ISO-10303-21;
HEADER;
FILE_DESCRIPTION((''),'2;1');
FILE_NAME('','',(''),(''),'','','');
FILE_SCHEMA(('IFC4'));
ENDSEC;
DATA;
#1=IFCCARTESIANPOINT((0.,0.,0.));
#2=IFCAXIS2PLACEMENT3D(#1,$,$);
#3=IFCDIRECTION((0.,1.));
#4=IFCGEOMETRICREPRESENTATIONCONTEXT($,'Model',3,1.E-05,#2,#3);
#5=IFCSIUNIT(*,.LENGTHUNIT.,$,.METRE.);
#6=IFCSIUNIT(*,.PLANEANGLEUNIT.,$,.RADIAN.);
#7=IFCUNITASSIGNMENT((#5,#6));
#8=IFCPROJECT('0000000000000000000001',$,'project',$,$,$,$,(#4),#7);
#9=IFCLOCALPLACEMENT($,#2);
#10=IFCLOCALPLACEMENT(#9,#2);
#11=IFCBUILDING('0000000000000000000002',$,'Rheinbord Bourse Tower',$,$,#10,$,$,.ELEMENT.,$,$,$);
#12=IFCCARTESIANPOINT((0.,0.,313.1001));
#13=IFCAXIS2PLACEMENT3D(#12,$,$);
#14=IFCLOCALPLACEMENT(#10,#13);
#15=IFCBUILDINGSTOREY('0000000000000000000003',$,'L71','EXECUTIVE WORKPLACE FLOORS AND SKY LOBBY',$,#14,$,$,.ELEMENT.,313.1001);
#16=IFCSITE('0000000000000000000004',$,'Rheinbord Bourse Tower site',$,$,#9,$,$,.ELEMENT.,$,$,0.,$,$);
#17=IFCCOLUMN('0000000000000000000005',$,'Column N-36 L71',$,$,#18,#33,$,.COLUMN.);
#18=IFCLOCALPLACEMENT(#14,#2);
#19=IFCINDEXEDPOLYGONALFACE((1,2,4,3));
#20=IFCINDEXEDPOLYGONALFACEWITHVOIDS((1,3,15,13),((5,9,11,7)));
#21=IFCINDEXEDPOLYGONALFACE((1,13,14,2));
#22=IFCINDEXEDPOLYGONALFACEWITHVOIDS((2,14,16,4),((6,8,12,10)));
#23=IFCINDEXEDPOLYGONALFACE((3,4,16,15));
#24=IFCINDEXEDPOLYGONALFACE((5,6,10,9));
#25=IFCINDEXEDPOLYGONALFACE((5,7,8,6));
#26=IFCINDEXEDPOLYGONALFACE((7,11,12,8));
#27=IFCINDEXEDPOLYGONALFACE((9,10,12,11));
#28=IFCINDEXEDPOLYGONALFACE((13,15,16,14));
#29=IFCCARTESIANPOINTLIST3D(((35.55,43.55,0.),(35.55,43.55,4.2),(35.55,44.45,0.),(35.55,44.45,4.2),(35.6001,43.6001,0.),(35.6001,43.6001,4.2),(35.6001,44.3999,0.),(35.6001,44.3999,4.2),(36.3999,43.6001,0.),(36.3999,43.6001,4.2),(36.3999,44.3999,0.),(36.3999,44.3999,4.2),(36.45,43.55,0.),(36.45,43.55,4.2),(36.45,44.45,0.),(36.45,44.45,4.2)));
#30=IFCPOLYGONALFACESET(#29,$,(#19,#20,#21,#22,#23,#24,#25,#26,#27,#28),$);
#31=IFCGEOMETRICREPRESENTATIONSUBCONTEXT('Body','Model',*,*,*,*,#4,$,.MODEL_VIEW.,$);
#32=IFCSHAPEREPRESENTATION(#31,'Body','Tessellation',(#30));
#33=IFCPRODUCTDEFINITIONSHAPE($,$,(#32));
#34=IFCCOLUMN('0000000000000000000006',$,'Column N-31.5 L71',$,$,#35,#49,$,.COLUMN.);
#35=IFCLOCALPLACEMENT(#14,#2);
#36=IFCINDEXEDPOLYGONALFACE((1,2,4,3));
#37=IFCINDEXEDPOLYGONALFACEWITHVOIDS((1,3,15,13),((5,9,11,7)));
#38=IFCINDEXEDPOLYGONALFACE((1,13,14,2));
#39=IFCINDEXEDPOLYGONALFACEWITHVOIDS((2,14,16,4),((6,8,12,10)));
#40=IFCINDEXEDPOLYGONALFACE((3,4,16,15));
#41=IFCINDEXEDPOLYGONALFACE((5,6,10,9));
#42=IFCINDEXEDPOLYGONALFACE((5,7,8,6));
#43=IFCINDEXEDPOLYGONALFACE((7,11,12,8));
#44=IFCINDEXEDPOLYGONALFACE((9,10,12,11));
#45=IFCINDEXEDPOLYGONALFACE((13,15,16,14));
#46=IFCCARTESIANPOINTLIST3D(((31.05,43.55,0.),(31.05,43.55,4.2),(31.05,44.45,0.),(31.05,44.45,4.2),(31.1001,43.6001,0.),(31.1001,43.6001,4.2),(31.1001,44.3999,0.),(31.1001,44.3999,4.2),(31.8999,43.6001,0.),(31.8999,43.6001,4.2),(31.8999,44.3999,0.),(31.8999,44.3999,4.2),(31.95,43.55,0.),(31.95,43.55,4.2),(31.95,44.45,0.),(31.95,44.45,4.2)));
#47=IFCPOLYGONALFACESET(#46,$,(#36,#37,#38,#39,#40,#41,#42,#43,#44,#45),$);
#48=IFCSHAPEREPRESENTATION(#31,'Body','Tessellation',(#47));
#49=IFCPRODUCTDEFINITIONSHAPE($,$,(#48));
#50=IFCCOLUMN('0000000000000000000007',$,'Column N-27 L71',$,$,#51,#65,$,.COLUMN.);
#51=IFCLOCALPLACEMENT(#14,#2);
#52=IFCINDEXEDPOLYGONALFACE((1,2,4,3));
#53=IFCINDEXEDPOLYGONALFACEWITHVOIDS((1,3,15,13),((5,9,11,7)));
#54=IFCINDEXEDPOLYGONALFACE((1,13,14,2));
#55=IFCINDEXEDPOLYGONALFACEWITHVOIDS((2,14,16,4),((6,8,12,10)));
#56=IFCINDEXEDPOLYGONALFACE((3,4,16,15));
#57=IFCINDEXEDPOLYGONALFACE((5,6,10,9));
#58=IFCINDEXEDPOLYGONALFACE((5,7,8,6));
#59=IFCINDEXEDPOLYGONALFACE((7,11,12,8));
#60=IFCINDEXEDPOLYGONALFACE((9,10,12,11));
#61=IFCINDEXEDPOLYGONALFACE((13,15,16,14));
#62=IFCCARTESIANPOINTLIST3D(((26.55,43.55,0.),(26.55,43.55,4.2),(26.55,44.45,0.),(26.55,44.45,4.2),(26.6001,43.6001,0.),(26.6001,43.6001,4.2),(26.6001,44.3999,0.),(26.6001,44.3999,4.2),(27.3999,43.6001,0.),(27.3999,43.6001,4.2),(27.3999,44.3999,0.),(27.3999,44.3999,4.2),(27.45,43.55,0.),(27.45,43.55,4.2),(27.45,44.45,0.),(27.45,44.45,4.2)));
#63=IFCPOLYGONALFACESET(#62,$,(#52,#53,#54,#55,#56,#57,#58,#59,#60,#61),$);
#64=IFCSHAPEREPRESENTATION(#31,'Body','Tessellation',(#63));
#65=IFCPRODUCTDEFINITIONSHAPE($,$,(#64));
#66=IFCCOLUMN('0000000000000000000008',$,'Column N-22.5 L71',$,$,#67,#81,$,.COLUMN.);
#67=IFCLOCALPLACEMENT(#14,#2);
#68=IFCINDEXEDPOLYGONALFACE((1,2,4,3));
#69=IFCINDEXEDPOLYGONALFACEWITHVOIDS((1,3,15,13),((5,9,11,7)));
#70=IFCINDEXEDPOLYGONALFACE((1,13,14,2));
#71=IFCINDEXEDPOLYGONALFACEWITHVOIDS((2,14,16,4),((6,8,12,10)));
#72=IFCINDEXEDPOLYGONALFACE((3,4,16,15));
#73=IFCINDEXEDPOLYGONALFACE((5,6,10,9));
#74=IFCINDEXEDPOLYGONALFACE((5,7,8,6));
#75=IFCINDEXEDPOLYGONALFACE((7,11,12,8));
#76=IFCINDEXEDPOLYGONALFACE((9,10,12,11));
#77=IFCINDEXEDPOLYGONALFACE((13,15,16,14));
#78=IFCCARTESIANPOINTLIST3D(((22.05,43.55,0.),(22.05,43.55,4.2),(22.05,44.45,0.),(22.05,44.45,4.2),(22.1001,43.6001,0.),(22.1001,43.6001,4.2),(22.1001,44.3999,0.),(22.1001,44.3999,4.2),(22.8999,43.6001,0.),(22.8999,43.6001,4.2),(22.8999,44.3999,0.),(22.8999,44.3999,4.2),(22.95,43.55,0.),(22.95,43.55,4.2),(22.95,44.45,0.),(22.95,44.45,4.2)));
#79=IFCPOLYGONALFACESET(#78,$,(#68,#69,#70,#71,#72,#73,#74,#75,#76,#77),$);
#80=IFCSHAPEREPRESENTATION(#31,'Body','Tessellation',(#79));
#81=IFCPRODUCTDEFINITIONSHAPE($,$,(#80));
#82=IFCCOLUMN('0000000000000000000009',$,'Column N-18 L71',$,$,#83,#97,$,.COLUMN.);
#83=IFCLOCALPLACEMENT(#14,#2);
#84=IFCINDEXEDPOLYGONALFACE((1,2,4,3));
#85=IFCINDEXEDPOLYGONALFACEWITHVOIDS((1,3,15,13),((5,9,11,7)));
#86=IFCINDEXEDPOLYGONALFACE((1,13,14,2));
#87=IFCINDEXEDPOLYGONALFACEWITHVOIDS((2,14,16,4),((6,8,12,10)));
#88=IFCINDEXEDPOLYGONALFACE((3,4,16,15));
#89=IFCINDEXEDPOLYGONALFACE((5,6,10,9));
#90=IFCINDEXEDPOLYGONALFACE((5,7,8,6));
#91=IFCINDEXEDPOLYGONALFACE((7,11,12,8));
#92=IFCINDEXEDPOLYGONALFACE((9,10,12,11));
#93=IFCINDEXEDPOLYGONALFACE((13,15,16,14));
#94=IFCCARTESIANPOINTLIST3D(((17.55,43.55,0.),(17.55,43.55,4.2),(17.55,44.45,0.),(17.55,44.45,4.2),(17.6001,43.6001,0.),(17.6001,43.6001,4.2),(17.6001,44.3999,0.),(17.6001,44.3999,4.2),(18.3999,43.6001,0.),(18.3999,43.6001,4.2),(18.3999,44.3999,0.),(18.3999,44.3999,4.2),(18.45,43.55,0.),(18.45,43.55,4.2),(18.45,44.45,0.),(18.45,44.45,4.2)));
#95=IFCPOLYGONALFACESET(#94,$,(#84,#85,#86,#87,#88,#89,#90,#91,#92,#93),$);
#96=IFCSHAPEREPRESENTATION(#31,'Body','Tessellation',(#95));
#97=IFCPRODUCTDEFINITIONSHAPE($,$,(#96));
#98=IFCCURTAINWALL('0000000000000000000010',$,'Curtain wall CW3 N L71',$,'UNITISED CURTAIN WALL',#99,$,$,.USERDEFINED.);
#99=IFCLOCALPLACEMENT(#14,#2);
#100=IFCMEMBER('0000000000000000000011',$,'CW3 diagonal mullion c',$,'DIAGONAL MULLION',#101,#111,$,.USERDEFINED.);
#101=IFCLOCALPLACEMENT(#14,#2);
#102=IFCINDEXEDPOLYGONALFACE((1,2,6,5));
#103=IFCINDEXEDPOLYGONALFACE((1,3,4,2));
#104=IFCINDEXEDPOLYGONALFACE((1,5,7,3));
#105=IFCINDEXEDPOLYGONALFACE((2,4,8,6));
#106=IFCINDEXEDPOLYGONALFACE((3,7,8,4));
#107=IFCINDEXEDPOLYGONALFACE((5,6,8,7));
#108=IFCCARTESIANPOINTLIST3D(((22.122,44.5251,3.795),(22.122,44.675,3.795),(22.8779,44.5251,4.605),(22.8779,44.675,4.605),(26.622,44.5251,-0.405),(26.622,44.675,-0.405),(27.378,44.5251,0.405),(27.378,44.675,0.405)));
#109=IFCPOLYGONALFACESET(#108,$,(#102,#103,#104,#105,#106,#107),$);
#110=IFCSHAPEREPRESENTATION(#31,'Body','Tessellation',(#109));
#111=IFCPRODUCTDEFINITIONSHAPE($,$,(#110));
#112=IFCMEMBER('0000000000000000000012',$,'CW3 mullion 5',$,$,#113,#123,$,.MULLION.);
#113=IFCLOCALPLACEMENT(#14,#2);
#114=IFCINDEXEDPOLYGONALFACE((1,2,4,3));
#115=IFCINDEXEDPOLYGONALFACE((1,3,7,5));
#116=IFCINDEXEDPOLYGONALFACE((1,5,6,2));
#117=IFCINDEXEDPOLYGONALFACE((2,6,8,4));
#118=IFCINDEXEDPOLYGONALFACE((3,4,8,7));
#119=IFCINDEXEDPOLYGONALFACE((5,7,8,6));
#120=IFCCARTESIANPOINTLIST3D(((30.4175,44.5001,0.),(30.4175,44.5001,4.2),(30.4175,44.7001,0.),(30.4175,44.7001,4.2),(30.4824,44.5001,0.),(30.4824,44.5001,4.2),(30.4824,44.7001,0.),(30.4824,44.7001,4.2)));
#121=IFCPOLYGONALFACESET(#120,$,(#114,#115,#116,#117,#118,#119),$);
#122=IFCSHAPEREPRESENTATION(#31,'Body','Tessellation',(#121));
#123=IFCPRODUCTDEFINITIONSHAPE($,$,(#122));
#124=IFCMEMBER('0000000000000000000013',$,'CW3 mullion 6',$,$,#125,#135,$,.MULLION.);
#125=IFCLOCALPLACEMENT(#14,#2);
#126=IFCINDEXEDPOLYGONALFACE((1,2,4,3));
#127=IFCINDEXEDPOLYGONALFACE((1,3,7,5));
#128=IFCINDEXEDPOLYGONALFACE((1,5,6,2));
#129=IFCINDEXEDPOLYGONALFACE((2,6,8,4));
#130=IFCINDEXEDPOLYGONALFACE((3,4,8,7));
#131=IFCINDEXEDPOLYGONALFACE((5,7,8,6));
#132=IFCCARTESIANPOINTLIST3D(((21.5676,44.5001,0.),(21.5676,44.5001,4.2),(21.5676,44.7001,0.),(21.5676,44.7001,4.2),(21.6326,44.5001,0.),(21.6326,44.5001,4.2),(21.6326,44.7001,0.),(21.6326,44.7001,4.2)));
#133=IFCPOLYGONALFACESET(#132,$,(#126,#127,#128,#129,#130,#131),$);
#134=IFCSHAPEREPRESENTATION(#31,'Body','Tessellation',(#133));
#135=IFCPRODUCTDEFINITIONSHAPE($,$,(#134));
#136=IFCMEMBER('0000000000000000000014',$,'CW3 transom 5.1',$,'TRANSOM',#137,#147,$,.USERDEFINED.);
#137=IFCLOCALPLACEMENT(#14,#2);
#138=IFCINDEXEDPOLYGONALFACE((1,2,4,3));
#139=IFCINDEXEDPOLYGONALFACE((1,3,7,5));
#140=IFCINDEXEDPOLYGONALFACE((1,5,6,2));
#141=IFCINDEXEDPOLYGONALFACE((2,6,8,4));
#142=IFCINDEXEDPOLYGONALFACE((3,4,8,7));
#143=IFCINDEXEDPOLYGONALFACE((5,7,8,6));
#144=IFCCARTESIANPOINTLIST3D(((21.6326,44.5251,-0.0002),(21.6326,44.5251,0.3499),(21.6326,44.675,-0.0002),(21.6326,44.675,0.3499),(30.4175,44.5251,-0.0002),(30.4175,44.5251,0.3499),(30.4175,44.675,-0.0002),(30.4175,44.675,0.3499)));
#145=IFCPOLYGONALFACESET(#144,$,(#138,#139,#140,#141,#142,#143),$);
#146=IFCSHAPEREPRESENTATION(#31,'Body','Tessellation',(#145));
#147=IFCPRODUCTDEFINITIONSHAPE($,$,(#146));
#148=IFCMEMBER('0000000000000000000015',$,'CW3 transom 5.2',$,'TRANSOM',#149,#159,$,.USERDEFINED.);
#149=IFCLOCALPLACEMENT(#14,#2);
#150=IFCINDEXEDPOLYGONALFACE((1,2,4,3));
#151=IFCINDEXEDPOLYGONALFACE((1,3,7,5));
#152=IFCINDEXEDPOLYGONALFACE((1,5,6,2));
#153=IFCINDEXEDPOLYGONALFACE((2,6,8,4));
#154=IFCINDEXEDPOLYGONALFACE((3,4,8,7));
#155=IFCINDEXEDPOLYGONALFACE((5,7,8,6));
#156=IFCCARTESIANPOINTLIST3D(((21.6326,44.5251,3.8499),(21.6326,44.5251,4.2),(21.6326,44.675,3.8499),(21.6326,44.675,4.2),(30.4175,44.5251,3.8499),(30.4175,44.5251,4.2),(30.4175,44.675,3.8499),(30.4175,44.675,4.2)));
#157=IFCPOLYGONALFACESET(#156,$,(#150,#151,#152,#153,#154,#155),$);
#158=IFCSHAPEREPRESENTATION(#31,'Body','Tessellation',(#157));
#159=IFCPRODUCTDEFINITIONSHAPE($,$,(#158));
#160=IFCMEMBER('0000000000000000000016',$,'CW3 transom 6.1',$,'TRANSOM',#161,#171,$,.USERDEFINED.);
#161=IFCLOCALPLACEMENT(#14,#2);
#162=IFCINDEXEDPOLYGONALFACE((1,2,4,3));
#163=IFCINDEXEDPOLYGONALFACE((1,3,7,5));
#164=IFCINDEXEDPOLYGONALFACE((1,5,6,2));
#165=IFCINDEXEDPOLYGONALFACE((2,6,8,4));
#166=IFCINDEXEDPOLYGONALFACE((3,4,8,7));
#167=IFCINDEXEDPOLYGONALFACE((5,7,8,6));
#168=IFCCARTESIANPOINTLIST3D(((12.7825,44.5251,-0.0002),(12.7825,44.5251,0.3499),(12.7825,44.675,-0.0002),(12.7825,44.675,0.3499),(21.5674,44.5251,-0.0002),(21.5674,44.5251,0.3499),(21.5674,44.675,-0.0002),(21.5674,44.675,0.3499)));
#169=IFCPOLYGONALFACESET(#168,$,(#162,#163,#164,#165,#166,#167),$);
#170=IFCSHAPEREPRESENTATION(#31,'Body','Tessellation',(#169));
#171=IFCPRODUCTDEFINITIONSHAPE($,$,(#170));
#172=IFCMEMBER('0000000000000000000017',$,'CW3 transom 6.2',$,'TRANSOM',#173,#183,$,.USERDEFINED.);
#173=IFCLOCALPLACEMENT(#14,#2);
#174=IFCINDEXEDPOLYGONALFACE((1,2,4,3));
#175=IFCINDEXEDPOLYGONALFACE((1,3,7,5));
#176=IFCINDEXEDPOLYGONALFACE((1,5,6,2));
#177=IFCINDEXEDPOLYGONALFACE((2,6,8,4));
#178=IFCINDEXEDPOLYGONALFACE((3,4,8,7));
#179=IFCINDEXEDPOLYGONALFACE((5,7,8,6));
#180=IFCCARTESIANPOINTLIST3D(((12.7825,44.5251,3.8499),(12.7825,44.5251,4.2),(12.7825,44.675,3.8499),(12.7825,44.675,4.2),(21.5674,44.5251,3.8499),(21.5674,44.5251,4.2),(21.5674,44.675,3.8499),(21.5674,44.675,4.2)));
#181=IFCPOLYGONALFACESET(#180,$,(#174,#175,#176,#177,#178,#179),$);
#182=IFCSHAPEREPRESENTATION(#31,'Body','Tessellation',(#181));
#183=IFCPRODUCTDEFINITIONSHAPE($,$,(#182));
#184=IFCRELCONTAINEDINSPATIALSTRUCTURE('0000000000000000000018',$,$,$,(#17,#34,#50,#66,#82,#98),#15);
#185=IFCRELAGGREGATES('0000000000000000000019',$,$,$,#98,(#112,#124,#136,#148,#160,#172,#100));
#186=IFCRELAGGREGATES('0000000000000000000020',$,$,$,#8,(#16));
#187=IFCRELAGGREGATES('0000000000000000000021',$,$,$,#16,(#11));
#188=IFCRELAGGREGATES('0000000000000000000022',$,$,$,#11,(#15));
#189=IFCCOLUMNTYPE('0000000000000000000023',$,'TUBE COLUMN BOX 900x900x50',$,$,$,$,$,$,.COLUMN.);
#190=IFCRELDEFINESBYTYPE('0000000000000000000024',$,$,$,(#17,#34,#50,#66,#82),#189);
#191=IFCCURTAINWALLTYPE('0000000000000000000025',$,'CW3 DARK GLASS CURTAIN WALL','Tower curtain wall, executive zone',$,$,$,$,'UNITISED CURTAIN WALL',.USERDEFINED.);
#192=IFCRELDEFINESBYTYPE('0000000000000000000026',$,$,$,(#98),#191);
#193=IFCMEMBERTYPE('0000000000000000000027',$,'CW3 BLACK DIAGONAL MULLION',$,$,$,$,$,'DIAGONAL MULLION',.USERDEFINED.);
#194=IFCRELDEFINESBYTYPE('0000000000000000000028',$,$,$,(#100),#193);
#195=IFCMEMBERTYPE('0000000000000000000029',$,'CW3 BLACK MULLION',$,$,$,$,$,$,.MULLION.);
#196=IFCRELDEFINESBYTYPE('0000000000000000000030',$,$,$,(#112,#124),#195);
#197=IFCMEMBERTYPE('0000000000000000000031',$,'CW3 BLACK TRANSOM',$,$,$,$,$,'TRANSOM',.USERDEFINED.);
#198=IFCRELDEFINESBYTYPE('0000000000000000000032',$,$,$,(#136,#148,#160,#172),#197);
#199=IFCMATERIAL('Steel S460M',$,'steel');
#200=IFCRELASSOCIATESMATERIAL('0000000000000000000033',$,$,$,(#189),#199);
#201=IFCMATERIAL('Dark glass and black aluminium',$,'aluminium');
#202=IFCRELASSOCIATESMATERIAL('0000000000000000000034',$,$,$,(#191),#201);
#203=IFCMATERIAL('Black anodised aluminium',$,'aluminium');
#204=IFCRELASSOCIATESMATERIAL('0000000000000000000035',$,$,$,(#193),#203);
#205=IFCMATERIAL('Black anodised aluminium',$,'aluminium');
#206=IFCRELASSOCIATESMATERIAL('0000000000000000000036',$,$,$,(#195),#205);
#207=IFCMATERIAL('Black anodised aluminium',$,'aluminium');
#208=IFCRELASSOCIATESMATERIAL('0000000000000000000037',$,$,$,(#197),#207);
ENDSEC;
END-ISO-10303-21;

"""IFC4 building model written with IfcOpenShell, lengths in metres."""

from ifc_helpers import new_model, si_unit, direction, frame, origin, origin_2d, place, context, subcontext, project, spatial, rectangle, hollow_rectangle, extrude, material, material_profile, profile_set, type_object, element, aggregate, save


model = new_model("IFC4")

# Units and contexts
model_context = context("Model", 3, precision=1e-05, world=origin(), true_north=direction((0.0, 1.0)))
body_context = subcontext(model_context, "Body", "Model", "MODEL_VIEW")
ifc_project = project(units=[si_unit("LENGTHUNIT", "METRE"), si_unit("PLANEANGLEUNIT", "RADIAN")], contexts=[model_context])

# Site, building, storey
site_placement = place(None, origin())
site = spatial("IfcSite", under=ifc_project, at=site_placement, Name="Rheinbord Bourse Tower site", CompositionType="ELEMENT", RefElevation=0.0)
building_placement = place(site_placement, origin())
building = spatial("IfcBuilding", under=site, at=building_placement, Name="Rheinbord Bourse Tower", CompositionType="ELEMENT")
storey_placement = place(building_placement, frame((0.0, 0.0, 313.1001)))
storey = spatial("IfcBuildingStorey", under=building, at=storey_placement, Name="L71", Description="EXECUTIVE WORKPLACE FLOORS AND SKY LOBBY", CompositionType="ELEMENT", Elevation=313.1001)

# Columns
ifc_material_1 = material(Name="Steel S460M", Category="steel")
ifc_material_profile_1 = material_profile(ifc_material_1, hollow_rectangle(XDim=0.8999, YDim=0.8999, WallThickness=0.05, at=origin_2d()), Name="BOX 900x900x50")
ifc_profile_set_1 = profile_set([ifc_material_profile_1], Name="Steel S460M")
column_type = type_object("IfcColumnType", Name="TUBE COLUMN BOX 900x900x50", PredefinedType="COLUMN", material=ifc_profile_set_1)
for number, where, z_axis, x_axis, name in (
    (1, (36.0, 44.0, 0.0), (0.0, 0.0, 1.0), (0.0, 1.0, 0.0), "Column N-36 L71"),
    (2, (31.5, 44.0, 0.0), (0.0, 0.0, 1.0), (0.0, 1.0, 0.0), "Column N-31.5 L71"),
    (3, (27.0, 44.0, 0.0), (0.0, 0.0, 1.0), (0.0, 1.0, 0.0), "Column N-27 L71"),
    (4, (22.5, 44.0, 0.0), (0.0, 0.0, 1.0), (0.0, 1.0, 0.0), "Column N-22.5 L71"),
    (5, (18.0, 44.0, 0.0), (0.0, 0.0, 1.0), (0.0, 1.0, 0.0), "Column N-18 L71"),
):
    element("IfcColumn", number, at=place(storey_placement, frame(where, z_axis=z_axis, x_axis=x_axis)), inside=storey, type_object=column_type, Name=name, PredefinedType="COLUMN", context=body_context, shape_type="SweptSolid", body=[
        extrude(hollow_rectangle(XDim=0.8999, YDim=0.8999, WallThickness=0.05, at=origin_2d()), origin(), (0.0, 0.0, 1.0), 4.2),
    ])

# Curtain wall, members
ifc_material_2 = material(Name="Dark glass and black aluminium", Category="aluminium")
curtain_wall_type = type_object("IfcCurtainWallType", Name="CW3 DARK GLASS CURTAIN WALL", Description="Tower curtain wall, executive zone", ElementType="UNITISED CURTAIN WALL", PredefinedType="USERDEFINED", material=ifc_material_2)
curtain_wall_placement = place(storey_placement, origin())
curtain_wall = element("IfcCurtainWall", 6, at=curtain_wall_placement, inside=storey, type_object=curtain_wall_type, Name="Curtain wall CW3 N L71", ObjectType="UNITISED CURTAIN WALL", PredefinedType="USERDEFINED")
ifc_material_3 = material(Name="Black anodised aluminium", Category="aluminium")
ifc_material_profile_2 = material_profile(ifc_material_3, rectangle(XDim=0.1499, YDim=1.1079, at=origin_2d()), Name="CW3 DIAGONAL MULLION 1108x150")
ifc_profile_set_2 = profile_set([ifc_material_profile_2], Name="Black anodised aluminium")
member_type_1 = type_object("IfcMemberType", Name="CW3 BLACK DIAGONAL MULLION", ElementType="DIAGONAL MULLION", PredefinedType="USERDEFINED", material=ifc_profile_set_2)
member_1_placement = place(storey_placement, frame((27.0, 44.6001, 0.0), z_axis=(-0.731059, 0.0, 0.682314), x_axis=(0.0, -1.0, 0.0)))
member_1 = element("IfcMember", 7, at=member_1_placement, type_object=member_type_1, Name="CW3 diagonal mullion c", ObjectType="DIAGONAL MULLION", PredefinedType="USERDEFINED", context=body_context, shape_type="SweptSolid", body=[
    extrude(rectangle(XDim=0.1499, YDim=1.1079, at=origin_2d()), origin(), (0.0, 0.0, 1.0), 6.1555),
])
ifc_material_4 = material(Name="Black anodised aluminium", Category="aluminium")
ifc_material_profile_3 = material_profile(ifc_material_4, rectangle(XDim=0.2, YDim=0.0649, at=origin_2d()), Name="CW3 MULLION 65x200")
ifc_profile_set_3 = profile_set([ifc_material_profile_3], Name="Black anodised aluminium")
member_type_2 = type_object("IfcMemberType", Name="CW3 BLACK MULLION", PredefinedType="MULLION", material=ifc_profile_set_3)
member_2_placement = place(storey_placement, frame((30.45, 44.6001, 0.0), z_axis=(0.0, 0.0, 1.0), x_axis=(0.0, -1.0, 0.0)))
member_2 = element("IfcMember", 8, at=member_2_placement, type_object=member_type_2, Name="CW3 mullion 5", PredefinedType="MULLION", context=body_context, shape_type="SweptSolid", body=[
    extrude(rectangle(XDim=0.2, YDim=0.0649, at=origin_2d()), origin(), (0.0, 0.0, 1.0), 4.2),
])
member_3_placement = place(storey_placement, frame((21.6001, 44.6001, 0.0), z_axis=(0.0, 0.0, 1.0), x_axis=(0.0, -1.0, 0.0)))
member_3 = element("IfcMember", 9, at=member_3_placement, type_object=member_type_2, Name="CW3 mullion 6", PredefinedType="MULLION", context=body_context, shape_type="SweptSolid", body=[
    extrude(rectangle(XDim=0.2, YDim=0.0649, at=origin_2d()), origin(), (0.0, 0.0, 1.0), 4.2),
])
ifc_material_5 = material(Name="Black anodised aluminium", Category="aluminium")
ifc_material_profile_4 = material_profile(ifc_material_5, rectangle(XDim=0.1499, YDim=0.3501, at=origin_2d()), Name="CW3 TRANSOM 350x150")
ifc_profile_set_4 = profile_set([ifc_material_profile_4], Name="Black anodised aluminium")
member_type_3 = type_object("IfcMemberType", Name="CW3 BLACK TRANSOM", ElementType="TRANSOM", PredefinedType="USERDEFINED", material=ifc_profile_set_4)
member_4_placement = place(storey_placement, frame((30.4175, 44.6001, 0.1748), z_axis=(-1.0, 0.0, 0.0), x_axis=(0.0, -1.0, 0.0)))
member_4 = element("IfcMember", 10, at=member_4_placement, type_object=member_type_3, Name="CW3 transom 5.1", ObjectType="TRANSOM", PredefinedType="USERDEFINED", context=body_context, shape_type="SweptSolid", body=[
    extrude(rectangle(XDim=0.1499, YDim=0.3501, at=origin_2d()), origin(), (0.0, 0.0, 1.0), 8.7849),
])
member_5_placement = place(storey_placement, frame((30.4175, 44.6001, 4.0249), z_axis=(-1.0, 0.0, 0.0), x_axis=(0.0, -1.0, 0.0)))
member_5 = element("IfcMember", 11, at=member_5_placement, type_object=member_type_3, Name="CW3 transom 5.2", ObjectType="TRANSOM", PredefinedType="USERDEFINED", context=body_context, shape_type="SweptSolid", body=[
    extrude(rectangle(XDim=0.1499, YDim=0.3501, at=origin_2d()), origin(), (0.0, 0.0, 1.0), 8.7849),
])
member_6_placement = place(storey_placement, frame((21.5674, 44.6001, 0.1748), z_axis=(-1.0, 0.0, 0.0), x_axis=(0.0, -1.0, 0.0)))
member_6 = element("IfcMember", 12, at=member_6_placement, type_object=member_type_3, Name="CW3 transom 6.1", ObjectType="TRANSOM", PredefinedType="USERDEFINED", context=body_context, shape_type="SweptSolid", body=[
    extrude(rectangle(XDim=0.1499, YDim=0.3501, at=origin_2d()), origin(), (0.0, 0.0, 1.0), 8.7849),
])
member_7_placement = place(storey_placement, frame((21.5674, 44.6001, 4.0249), z_axis=(-1.0, 0.0, 0.0), x_axis=(0.0, -1.0, 0.0)))
member_7 = element("IfcMember", 13, at=member_7_placement, type_object=member_type_3, Name="CW3 transom 6.2", ObjectType="TRANSOM", PredefinedType="USERDEFINED", context=body_context, shape_type="SweptSolid", body=[
    extrude(rectangle(XDim=0.1499, YDim=0.3501, at=origin_2d()), origin(), (0.0, 0.0, 1.0), 8.7849),
])

aggregate(curtain_wall, [member_2, member_3, member_4, member_5, member_6, member_7, member_1])

save(model, "model.ifc")
